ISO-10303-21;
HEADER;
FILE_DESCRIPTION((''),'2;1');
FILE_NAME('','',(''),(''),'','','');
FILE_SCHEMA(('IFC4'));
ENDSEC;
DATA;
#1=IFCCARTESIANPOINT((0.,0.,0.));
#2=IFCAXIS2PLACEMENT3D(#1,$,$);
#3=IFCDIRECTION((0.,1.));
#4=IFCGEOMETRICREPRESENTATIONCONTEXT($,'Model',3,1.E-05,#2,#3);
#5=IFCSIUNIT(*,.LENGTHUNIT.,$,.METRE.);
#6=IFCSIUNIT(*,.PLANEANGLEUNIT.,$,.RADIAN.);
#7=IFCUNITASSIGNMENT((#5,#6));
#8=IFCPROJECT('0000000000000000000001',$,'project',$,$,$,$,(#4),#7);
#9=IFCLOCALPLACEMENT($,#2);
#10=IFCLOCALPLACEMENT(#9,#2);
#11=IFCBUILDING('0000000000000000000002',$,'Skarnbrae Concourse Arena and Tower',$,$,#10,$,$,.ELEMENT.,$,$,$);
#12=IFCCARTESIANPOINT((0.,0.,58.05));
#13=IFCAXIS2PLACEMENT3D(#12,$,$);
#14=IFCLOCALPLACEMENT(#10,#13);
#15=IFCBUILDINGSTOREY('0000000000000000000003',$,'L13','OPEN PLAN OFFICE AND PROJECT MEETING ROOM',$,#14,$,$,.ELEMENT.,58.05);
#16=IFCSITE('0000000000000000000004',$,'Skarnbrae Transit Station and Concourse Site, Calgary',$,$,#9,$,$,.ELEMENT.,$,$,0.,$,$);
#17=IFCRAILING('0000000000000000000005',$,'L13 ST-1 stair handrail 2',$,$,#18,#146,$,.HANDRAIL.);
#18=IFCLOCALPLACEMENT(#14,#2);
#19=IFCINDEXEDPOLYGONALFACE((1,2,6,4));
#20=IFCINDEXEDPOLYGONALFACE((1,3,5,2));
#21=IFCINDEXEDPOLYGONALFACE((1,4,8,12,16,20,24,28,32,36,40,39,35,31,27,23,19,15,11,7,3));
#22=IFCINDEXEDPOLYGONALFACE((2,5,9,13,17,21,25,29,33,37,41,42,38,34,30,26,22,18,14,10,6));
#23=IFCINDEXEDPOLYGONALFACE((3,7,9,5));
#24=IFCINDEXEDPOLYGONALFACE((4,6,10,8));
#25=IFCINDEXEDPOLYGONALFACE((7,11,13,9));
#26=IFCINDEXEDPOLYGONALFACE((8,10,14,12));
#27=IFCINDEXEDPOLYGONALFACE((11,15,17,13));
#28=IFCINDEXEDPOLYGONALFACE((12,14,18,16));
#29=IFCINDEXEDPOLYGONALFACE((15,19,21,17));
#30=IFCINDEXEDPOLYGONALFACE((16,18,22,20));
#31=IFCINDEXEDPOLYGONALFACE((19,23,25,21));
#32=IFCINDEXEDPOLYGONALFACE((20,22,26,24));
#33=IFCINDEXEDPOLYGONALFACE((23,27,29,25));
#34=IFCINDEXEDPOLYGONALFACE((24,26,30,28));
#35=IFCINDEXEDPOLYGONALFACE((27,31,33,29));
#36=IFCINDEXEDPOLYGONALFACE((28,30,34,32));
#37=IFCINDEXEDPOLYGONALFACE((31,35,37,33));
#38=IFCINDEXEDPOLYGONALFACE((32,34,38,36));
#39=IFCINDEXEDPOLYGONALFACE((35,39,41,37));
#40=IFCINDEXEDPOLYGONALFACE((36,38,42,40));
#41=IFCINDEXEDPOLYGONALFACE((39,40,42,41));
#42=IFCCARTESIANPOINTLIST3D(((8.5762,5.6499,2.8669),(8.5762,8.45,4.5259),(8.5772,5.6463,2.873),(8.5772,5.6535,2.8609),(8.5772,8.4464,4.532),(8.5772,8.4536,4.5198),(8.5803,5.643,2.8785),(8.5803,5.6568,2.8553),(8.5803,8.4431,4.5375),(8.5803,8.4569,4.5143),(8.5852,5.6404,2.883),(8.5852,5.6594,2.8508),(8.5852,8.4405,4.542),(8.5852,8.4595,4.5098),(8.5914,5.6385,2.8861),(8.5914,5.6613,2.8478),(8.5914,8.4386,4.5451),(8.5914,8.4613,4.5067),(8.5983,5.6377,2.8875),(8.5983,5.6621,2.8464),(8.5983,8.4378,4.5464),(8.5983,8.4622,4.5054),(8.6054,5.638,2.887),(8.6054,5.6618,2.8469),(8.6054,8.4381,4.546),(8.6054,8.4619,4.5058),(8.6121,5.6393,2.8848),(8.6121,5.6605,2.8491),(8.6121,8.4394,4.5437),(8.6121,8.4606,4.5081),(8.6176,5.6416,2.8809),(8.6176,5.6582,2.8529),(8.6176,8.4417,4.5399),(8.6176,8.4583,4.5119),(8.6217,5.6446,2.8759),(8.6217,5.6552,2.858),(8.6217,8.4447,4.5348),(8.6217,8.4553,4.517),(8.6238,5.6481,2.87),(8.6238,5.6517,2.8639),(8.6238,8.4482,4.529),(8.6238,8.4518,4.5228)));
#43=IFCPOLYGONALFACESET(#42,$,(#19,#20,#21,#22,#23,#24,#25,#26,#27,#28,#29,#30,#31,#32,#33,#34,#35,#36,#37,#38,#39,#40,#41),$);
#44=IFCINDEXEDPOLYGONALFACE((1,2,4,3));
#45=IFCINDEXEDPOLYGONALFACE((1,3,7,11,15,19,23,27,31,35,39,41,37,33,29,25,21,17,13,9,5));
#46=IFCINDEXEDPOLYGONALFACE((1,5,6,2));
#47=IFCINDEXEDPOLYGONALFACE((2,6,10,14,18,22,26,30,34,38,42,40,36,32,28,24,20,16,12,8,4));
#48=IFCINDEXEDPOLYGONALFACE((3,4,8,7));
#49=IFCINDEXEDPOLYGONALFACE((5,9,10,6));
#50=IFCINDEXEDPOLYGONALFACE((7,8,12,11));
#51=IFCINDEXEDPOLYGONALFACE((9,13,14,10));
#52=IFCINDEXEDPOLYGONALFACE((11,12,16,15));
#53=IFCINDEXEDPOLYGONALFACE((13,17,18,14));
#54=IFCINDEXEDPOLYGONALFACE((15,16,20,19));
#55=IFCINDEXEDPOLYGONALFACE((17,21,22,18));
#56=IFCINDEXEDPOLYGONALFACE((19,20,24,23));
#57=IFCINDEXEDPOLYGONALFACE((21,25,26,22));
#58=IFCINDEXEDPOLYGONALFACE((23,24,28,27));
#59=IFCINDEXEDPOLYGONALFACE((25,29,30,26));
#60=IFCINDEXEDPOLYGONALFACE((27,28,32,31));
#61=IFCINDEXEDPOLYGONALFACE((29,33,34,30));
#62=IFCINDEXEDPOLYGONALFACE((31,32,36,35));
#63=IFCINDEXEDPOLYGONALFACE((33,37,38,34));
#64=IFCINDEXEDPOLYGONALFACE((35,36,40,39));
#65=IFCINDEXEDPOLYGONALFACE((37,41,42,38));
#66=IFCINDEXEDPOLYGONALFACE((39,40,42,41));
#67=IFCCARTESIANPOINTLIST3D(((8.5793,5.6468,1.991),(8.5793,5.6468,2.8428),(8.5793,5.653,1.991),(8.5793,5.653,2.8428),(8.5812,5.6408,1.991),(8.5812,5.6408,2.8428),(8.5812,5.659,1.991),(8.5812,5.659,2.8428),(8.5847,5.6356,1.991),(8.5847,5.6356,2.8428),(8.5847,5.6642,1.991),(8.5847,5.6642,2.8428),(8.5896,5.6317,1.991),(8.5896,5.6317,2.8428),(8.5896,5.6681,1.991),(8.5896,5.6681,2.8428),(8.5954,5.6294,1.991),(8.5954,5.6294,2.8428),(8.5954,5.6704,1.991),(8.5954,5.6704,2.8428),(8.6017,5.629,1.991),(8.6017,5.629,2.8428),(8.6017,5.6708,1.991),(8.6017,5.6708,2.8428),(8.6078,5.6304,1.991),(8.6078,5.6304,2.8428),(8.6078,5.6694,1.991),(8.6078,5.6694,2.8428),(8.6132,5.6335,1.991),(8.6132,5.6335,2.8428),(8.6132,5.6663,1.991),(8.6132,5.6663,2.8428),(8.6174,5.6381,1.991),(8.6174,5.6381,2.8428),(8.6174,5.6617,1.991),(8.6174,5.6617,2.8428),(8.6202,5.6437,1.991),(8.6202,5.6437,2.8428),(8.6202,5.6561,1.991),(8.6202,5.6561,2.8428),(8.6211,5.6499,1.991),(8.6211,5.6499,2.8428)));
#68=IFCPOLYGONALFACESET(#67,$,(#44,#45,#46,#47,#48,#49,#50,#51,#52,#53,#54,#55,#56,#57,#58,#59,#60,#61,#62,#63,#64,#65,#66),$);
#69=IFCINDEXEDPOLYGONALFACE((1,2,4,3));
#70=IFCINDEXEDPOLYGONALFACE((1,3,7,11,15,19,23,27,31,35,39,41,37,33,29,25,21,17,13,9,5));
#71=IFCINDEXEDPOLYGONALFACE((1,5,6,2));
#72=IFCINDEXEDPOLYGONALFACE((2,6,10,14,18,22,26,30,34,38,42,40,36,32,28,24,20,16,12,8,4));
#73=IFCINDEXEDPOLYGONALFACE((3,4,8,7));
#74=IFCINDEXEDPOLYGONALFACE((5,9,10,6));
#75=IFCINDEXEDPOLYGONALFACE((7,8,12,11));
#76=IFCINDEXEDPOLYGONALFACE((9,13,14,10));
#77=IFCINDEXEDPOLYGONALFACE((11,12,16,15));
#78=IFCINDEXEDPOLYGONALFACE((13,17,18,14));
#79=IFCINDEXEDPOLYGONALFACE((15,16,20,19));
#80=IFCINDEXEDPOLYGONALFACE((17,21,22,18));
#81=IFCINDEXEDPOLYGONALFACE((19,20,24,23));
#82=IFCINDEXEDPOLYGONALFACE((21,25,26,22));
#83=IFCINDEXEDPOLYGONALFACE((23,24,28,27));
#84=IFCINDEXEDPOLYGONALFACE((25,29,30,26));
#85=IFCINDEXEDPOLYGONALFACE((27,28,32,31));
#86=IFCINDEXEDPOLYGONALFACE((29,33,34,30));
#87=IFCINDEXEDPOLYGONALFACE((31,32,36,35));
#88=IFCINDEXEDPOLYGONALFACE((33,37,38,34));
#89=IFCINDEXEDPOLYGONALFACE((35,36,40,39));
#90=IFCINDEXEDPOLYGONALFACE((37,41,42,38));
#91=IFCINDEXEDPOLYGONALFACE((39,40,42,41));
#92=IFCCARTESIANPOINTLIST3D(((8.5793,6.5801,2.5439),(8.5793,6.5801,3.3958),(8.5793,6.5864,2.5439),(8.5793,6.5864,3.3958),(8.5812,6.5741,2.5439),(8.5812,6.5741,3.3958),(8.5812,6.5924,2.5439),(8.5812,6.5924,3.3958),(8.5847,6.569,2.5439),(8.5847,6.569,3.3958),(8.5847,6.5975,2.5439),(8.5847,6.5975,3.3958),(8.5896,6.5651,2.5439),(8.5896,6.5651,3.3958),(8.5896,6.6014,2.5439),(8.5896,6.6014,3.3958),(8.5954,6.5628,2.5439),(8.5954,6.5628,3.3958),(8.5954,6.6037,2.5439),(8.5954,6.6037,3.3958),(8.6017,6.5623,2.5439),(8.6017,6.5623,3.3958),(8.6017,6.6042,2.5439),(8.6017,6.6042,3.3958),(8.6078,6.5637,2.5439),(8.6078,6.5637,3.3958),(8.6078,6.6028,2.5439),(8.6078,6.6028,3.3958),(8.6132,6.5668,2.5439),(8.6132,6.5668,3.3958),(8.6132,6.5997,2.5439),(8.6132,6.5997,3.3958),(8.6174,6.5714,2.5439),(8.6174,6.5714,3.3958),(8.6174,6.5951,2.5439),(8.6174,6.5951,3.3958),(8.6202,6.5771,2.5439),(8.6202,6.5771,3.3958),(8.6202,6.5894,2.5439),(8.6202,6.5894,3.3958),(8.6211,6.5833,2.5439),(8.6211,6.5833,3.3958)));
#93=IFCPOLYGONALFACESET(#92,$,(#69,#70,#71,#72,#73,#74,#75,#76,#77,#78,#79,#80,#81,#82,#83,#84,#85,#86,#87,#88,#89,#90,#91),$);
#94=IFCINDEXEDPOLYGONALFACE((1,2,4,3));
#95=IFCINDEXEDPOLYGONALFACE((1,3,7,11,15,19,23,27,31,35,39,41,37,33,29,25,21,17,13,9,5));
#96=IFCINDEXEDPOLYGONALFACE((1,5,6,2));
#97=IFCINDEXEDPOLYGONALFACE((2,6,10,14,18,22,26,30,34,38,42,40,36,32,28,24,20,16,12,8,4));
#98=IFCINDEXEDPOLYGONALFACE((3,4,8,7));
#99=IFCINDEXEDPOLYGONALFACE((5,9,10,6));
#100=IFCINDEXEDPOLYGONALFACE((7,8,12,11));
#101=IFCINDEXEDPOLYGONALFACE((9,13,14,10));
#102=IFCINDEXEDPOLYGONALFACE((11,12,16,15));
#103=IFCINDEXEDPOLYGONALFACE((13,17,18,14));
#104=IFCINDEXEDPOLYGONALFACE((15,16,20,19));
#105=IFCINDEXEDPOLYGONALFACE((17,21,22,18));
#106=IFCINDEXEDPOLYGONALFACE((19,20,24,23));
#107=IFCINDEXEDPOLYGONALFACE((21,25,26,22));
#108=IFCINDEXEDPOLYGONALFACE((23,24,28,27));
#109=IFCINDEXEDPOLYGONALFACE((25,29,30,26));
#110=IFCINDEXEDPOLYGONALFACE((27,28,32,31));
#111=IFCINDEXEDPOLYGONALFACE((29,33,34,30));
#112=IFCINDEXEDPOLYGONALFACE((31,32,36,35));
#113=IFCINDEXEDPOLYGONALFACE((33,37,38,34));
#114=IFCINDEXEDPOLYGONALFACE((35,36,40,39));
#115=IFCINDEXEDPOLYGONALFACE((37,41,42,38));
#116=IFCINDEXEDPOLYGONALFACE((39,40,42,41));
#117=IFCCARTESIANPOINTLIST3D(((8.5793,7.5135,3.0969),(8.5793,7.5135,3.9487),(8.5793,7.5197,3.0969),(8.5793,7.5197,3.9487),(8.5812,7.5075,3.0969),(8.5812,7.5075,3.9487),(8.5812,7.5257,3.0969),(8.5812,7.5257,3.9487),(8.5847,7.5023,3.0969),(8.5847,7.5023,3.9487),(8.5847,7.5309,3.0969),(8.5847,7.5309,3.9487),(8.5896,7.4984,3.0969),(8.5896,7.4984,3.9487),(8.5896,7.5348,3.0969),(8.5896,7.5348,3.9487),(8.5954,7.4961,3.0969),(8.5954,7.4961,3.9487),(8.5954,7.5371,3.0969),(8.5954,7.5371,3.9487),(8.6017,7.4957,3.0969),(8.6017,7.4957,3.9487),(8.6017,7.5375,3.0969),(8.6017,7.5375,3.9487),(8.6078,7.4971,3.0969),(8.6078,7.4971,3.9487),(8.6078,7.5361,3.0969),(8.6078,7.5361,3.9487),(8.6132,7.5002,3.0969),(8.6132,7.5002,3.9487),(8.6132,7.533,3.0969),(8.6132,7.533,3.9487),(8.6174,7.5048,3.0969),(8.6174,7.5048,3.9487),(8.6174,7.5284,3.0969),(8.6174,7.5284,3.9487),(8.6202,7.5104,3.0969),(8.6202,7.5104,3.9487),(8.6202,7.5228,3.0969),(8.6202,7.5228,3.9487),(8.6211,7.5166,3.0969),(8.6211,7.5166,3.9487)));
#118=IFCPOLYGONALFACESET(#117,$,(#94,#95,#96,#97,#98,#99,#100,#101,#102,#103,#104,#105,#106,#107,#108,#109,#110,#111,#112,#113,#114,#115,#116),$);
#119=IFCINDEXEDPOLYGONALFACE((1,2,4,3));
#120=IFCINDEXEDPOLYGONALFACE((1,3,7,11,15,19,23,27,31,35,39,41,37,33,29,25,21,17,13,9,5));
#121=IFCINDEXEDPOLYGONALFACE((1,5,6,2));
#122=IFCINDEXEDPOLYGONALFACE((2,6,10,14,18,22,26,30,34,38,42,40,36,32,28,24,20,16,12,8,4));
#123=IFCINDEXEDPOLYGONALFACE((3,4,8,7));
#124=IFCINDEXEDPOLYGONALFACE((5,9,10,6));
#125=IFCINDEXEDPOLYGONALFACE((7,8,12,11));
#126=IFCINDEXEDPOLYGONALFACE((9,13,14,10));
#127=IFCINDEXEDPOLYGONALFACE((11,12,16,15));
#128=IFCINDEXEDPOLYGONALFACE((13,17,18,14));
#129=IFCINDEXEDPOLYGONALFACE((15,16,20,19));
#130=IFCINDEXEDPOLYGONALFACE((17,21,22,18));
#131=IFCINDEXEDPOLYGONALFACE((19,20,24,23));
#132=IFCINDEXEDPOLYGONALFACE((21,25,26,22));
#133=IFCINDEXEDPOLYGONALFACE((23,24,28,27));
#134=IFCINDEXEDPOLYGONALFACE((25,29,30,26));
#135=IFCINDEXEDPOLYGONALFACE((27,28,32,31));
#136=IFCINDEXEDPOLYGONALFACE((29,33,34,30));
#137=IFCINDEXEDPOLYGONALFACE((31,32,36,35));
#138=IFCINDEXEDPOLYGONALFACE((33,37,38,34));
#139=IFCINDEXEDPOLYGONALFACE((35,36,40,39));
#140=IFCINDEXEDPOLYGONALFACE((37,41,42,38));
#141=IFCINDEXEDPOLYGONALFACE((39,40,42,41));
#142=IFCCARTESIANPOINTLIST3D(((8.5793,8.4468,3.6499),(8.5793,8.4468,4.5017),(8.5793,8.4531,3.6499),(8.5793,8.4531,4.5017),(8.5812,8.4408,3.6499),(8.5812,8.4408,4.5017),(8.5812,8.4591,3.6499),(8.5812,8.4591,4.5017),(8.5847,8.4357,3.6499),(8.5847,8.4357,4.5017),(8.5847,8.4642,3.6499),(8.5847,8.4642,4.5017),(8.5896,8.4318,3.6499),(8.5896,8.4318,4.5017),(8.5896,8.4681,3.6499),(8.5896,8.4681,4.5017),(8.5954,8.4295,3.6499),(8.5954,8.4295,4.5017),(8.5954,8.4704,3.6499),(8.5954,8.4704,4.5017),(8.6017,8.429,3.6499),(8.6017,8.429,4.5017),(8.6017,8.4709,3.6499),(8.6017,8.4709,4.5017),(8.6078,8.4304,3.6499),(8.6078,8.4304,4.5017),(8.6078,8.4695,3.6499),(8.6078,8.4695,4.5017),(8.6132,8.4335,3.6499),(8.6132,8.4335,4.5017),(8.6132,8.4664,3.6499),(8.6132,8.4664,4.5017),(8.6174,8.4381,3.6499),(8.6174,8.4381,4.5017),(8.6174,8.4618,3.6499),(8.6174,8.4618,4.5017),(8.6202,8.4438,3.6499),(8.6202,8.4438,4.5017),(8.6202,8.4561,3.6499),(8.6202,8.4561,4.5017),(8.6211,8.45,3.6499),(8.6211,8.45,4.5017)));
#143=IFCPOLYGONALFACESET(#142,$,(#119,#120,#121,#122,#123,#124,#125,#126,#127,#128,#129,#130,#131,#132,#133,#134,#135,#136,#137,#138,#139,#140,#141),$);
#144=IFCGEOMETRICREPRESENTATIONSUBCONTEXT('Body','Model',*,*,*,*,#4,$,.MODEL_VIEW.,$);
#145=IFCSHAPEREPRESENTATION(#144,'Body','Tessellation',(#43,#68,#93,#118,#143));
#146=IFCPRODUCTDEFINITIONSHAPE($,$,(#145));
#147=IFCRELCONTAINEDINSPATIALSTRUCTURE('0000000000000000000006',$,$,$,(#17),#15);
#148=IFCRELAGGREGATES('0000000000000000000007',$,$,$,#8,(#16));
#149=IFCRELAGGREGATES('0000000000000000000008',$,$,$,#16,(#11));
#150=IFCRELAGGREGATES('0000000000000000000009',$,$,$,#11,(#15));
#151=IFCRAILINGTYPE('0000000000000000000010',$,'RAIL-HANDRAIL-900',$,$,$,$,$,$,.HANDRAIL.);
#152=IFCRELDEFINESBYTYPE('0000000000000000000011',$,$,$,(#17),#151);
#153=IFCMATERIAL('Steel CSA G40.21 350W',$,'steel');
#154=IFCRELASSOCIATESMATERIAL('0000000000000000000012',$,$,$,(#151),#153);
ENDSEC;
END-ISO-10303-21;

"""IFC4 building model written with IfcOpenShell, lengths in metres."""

from ifc_helpers import new_model, si_unit, direction, frame, origin, origin_2d, place, context, subcontext, project, spatial, circle, extrude, material, type_object, element, save


model = new_model("IFC4")

# Units and contexts
model_context = context("Model", 3, precision=1e-05, world=origin(), true_north=direction((0.0, 1.0)))
body_context = subcontext(model_context, "Body", "Model", "MODEL_VIEW")
ifc_project = project(units=[si_unit("LENGTHUNIT", "METRE"), si_unit("PLANEANGLEUNIT", "RADIAN")], contexts=[model_context])

# Site, building, storey
site_placement = place(None, origin())
site = spatial("IfcSite", under=ifc_project, at=site_placement, Name="Skarnbrae Transit Station and Concourse Site, Calgary", CompositionType="ELEMENT", RefElevation=0.0)
building_placement = place(site_placement, origin())
building = spatial("IfcBuilding", under=site, at=building_placement, Name="Skarnbrae Concourse Arena and Tower", CompositionType="ELEMENT")
storey_placement = place(building_placement, frame((0.0, 0.0, 58.05)))
storey = spatial("IfcBuildingStorey", under=building, at=storey_placement, Name="L13", Description="OPEN PLAN OFFICE AND PROJECT MEETING ROOM", CompositionType="ELEMENT", Elevation=58.05)

# Shared definitions
ifc_material_1 = material(Name="Steel CSA G40.21 350W", Category="steel")

# Railing
railing_type_1 = type_object("IfcRailingType", Name="RAIL-HANDRAIL-900", PredefinedType="HANDRAIL", material=ifc_material_1)
railing_1_placement = place(storey_placement, frame((8.6001, 5.6499, 1.991)))
element("IfcRailing", 1, at=railing_1_placement, inside=storey, type_object=railing_type_1, Name="L13 ST-1 stair handrail 2", PredefinedType="HANDRAIL", context=body_context, shape_type="SweptSolid", body=[
    extrude(circle(Radius=0.0239, at=origin_2d()), frame((0.0, 0.0, 0.876), z_axis=(0.0, 0.860339, 0.509722), x_axis=(-1.0, 0.0, 0.0)), (0.0, 0.0, 1.0), 3.2546),
    extrude(circle(Radius=0.021, at=origin_2d()), origin(), (0.0, 0.0, 1.0), 0.8518),
    extrude(circle(Radius=0.021, at=origin_2d()), frame((0.0, 0.9333, 0.553)), (0.0, 0.0, 1.0), 0.8518),
    extrude(circle(Radius=0.021, at=origin_2d()), frame((0.0, 1.8667, 1.106)), (0.0, 0.0, 1.0), 0.8518),
    extrude(circle(Radius=0.021, at=origin_2d()), frame((0.0, 2.8, 1.6589)), (0.0, 0.0, 1.0), 0.8518),
])

save(model, "model.ifc")
